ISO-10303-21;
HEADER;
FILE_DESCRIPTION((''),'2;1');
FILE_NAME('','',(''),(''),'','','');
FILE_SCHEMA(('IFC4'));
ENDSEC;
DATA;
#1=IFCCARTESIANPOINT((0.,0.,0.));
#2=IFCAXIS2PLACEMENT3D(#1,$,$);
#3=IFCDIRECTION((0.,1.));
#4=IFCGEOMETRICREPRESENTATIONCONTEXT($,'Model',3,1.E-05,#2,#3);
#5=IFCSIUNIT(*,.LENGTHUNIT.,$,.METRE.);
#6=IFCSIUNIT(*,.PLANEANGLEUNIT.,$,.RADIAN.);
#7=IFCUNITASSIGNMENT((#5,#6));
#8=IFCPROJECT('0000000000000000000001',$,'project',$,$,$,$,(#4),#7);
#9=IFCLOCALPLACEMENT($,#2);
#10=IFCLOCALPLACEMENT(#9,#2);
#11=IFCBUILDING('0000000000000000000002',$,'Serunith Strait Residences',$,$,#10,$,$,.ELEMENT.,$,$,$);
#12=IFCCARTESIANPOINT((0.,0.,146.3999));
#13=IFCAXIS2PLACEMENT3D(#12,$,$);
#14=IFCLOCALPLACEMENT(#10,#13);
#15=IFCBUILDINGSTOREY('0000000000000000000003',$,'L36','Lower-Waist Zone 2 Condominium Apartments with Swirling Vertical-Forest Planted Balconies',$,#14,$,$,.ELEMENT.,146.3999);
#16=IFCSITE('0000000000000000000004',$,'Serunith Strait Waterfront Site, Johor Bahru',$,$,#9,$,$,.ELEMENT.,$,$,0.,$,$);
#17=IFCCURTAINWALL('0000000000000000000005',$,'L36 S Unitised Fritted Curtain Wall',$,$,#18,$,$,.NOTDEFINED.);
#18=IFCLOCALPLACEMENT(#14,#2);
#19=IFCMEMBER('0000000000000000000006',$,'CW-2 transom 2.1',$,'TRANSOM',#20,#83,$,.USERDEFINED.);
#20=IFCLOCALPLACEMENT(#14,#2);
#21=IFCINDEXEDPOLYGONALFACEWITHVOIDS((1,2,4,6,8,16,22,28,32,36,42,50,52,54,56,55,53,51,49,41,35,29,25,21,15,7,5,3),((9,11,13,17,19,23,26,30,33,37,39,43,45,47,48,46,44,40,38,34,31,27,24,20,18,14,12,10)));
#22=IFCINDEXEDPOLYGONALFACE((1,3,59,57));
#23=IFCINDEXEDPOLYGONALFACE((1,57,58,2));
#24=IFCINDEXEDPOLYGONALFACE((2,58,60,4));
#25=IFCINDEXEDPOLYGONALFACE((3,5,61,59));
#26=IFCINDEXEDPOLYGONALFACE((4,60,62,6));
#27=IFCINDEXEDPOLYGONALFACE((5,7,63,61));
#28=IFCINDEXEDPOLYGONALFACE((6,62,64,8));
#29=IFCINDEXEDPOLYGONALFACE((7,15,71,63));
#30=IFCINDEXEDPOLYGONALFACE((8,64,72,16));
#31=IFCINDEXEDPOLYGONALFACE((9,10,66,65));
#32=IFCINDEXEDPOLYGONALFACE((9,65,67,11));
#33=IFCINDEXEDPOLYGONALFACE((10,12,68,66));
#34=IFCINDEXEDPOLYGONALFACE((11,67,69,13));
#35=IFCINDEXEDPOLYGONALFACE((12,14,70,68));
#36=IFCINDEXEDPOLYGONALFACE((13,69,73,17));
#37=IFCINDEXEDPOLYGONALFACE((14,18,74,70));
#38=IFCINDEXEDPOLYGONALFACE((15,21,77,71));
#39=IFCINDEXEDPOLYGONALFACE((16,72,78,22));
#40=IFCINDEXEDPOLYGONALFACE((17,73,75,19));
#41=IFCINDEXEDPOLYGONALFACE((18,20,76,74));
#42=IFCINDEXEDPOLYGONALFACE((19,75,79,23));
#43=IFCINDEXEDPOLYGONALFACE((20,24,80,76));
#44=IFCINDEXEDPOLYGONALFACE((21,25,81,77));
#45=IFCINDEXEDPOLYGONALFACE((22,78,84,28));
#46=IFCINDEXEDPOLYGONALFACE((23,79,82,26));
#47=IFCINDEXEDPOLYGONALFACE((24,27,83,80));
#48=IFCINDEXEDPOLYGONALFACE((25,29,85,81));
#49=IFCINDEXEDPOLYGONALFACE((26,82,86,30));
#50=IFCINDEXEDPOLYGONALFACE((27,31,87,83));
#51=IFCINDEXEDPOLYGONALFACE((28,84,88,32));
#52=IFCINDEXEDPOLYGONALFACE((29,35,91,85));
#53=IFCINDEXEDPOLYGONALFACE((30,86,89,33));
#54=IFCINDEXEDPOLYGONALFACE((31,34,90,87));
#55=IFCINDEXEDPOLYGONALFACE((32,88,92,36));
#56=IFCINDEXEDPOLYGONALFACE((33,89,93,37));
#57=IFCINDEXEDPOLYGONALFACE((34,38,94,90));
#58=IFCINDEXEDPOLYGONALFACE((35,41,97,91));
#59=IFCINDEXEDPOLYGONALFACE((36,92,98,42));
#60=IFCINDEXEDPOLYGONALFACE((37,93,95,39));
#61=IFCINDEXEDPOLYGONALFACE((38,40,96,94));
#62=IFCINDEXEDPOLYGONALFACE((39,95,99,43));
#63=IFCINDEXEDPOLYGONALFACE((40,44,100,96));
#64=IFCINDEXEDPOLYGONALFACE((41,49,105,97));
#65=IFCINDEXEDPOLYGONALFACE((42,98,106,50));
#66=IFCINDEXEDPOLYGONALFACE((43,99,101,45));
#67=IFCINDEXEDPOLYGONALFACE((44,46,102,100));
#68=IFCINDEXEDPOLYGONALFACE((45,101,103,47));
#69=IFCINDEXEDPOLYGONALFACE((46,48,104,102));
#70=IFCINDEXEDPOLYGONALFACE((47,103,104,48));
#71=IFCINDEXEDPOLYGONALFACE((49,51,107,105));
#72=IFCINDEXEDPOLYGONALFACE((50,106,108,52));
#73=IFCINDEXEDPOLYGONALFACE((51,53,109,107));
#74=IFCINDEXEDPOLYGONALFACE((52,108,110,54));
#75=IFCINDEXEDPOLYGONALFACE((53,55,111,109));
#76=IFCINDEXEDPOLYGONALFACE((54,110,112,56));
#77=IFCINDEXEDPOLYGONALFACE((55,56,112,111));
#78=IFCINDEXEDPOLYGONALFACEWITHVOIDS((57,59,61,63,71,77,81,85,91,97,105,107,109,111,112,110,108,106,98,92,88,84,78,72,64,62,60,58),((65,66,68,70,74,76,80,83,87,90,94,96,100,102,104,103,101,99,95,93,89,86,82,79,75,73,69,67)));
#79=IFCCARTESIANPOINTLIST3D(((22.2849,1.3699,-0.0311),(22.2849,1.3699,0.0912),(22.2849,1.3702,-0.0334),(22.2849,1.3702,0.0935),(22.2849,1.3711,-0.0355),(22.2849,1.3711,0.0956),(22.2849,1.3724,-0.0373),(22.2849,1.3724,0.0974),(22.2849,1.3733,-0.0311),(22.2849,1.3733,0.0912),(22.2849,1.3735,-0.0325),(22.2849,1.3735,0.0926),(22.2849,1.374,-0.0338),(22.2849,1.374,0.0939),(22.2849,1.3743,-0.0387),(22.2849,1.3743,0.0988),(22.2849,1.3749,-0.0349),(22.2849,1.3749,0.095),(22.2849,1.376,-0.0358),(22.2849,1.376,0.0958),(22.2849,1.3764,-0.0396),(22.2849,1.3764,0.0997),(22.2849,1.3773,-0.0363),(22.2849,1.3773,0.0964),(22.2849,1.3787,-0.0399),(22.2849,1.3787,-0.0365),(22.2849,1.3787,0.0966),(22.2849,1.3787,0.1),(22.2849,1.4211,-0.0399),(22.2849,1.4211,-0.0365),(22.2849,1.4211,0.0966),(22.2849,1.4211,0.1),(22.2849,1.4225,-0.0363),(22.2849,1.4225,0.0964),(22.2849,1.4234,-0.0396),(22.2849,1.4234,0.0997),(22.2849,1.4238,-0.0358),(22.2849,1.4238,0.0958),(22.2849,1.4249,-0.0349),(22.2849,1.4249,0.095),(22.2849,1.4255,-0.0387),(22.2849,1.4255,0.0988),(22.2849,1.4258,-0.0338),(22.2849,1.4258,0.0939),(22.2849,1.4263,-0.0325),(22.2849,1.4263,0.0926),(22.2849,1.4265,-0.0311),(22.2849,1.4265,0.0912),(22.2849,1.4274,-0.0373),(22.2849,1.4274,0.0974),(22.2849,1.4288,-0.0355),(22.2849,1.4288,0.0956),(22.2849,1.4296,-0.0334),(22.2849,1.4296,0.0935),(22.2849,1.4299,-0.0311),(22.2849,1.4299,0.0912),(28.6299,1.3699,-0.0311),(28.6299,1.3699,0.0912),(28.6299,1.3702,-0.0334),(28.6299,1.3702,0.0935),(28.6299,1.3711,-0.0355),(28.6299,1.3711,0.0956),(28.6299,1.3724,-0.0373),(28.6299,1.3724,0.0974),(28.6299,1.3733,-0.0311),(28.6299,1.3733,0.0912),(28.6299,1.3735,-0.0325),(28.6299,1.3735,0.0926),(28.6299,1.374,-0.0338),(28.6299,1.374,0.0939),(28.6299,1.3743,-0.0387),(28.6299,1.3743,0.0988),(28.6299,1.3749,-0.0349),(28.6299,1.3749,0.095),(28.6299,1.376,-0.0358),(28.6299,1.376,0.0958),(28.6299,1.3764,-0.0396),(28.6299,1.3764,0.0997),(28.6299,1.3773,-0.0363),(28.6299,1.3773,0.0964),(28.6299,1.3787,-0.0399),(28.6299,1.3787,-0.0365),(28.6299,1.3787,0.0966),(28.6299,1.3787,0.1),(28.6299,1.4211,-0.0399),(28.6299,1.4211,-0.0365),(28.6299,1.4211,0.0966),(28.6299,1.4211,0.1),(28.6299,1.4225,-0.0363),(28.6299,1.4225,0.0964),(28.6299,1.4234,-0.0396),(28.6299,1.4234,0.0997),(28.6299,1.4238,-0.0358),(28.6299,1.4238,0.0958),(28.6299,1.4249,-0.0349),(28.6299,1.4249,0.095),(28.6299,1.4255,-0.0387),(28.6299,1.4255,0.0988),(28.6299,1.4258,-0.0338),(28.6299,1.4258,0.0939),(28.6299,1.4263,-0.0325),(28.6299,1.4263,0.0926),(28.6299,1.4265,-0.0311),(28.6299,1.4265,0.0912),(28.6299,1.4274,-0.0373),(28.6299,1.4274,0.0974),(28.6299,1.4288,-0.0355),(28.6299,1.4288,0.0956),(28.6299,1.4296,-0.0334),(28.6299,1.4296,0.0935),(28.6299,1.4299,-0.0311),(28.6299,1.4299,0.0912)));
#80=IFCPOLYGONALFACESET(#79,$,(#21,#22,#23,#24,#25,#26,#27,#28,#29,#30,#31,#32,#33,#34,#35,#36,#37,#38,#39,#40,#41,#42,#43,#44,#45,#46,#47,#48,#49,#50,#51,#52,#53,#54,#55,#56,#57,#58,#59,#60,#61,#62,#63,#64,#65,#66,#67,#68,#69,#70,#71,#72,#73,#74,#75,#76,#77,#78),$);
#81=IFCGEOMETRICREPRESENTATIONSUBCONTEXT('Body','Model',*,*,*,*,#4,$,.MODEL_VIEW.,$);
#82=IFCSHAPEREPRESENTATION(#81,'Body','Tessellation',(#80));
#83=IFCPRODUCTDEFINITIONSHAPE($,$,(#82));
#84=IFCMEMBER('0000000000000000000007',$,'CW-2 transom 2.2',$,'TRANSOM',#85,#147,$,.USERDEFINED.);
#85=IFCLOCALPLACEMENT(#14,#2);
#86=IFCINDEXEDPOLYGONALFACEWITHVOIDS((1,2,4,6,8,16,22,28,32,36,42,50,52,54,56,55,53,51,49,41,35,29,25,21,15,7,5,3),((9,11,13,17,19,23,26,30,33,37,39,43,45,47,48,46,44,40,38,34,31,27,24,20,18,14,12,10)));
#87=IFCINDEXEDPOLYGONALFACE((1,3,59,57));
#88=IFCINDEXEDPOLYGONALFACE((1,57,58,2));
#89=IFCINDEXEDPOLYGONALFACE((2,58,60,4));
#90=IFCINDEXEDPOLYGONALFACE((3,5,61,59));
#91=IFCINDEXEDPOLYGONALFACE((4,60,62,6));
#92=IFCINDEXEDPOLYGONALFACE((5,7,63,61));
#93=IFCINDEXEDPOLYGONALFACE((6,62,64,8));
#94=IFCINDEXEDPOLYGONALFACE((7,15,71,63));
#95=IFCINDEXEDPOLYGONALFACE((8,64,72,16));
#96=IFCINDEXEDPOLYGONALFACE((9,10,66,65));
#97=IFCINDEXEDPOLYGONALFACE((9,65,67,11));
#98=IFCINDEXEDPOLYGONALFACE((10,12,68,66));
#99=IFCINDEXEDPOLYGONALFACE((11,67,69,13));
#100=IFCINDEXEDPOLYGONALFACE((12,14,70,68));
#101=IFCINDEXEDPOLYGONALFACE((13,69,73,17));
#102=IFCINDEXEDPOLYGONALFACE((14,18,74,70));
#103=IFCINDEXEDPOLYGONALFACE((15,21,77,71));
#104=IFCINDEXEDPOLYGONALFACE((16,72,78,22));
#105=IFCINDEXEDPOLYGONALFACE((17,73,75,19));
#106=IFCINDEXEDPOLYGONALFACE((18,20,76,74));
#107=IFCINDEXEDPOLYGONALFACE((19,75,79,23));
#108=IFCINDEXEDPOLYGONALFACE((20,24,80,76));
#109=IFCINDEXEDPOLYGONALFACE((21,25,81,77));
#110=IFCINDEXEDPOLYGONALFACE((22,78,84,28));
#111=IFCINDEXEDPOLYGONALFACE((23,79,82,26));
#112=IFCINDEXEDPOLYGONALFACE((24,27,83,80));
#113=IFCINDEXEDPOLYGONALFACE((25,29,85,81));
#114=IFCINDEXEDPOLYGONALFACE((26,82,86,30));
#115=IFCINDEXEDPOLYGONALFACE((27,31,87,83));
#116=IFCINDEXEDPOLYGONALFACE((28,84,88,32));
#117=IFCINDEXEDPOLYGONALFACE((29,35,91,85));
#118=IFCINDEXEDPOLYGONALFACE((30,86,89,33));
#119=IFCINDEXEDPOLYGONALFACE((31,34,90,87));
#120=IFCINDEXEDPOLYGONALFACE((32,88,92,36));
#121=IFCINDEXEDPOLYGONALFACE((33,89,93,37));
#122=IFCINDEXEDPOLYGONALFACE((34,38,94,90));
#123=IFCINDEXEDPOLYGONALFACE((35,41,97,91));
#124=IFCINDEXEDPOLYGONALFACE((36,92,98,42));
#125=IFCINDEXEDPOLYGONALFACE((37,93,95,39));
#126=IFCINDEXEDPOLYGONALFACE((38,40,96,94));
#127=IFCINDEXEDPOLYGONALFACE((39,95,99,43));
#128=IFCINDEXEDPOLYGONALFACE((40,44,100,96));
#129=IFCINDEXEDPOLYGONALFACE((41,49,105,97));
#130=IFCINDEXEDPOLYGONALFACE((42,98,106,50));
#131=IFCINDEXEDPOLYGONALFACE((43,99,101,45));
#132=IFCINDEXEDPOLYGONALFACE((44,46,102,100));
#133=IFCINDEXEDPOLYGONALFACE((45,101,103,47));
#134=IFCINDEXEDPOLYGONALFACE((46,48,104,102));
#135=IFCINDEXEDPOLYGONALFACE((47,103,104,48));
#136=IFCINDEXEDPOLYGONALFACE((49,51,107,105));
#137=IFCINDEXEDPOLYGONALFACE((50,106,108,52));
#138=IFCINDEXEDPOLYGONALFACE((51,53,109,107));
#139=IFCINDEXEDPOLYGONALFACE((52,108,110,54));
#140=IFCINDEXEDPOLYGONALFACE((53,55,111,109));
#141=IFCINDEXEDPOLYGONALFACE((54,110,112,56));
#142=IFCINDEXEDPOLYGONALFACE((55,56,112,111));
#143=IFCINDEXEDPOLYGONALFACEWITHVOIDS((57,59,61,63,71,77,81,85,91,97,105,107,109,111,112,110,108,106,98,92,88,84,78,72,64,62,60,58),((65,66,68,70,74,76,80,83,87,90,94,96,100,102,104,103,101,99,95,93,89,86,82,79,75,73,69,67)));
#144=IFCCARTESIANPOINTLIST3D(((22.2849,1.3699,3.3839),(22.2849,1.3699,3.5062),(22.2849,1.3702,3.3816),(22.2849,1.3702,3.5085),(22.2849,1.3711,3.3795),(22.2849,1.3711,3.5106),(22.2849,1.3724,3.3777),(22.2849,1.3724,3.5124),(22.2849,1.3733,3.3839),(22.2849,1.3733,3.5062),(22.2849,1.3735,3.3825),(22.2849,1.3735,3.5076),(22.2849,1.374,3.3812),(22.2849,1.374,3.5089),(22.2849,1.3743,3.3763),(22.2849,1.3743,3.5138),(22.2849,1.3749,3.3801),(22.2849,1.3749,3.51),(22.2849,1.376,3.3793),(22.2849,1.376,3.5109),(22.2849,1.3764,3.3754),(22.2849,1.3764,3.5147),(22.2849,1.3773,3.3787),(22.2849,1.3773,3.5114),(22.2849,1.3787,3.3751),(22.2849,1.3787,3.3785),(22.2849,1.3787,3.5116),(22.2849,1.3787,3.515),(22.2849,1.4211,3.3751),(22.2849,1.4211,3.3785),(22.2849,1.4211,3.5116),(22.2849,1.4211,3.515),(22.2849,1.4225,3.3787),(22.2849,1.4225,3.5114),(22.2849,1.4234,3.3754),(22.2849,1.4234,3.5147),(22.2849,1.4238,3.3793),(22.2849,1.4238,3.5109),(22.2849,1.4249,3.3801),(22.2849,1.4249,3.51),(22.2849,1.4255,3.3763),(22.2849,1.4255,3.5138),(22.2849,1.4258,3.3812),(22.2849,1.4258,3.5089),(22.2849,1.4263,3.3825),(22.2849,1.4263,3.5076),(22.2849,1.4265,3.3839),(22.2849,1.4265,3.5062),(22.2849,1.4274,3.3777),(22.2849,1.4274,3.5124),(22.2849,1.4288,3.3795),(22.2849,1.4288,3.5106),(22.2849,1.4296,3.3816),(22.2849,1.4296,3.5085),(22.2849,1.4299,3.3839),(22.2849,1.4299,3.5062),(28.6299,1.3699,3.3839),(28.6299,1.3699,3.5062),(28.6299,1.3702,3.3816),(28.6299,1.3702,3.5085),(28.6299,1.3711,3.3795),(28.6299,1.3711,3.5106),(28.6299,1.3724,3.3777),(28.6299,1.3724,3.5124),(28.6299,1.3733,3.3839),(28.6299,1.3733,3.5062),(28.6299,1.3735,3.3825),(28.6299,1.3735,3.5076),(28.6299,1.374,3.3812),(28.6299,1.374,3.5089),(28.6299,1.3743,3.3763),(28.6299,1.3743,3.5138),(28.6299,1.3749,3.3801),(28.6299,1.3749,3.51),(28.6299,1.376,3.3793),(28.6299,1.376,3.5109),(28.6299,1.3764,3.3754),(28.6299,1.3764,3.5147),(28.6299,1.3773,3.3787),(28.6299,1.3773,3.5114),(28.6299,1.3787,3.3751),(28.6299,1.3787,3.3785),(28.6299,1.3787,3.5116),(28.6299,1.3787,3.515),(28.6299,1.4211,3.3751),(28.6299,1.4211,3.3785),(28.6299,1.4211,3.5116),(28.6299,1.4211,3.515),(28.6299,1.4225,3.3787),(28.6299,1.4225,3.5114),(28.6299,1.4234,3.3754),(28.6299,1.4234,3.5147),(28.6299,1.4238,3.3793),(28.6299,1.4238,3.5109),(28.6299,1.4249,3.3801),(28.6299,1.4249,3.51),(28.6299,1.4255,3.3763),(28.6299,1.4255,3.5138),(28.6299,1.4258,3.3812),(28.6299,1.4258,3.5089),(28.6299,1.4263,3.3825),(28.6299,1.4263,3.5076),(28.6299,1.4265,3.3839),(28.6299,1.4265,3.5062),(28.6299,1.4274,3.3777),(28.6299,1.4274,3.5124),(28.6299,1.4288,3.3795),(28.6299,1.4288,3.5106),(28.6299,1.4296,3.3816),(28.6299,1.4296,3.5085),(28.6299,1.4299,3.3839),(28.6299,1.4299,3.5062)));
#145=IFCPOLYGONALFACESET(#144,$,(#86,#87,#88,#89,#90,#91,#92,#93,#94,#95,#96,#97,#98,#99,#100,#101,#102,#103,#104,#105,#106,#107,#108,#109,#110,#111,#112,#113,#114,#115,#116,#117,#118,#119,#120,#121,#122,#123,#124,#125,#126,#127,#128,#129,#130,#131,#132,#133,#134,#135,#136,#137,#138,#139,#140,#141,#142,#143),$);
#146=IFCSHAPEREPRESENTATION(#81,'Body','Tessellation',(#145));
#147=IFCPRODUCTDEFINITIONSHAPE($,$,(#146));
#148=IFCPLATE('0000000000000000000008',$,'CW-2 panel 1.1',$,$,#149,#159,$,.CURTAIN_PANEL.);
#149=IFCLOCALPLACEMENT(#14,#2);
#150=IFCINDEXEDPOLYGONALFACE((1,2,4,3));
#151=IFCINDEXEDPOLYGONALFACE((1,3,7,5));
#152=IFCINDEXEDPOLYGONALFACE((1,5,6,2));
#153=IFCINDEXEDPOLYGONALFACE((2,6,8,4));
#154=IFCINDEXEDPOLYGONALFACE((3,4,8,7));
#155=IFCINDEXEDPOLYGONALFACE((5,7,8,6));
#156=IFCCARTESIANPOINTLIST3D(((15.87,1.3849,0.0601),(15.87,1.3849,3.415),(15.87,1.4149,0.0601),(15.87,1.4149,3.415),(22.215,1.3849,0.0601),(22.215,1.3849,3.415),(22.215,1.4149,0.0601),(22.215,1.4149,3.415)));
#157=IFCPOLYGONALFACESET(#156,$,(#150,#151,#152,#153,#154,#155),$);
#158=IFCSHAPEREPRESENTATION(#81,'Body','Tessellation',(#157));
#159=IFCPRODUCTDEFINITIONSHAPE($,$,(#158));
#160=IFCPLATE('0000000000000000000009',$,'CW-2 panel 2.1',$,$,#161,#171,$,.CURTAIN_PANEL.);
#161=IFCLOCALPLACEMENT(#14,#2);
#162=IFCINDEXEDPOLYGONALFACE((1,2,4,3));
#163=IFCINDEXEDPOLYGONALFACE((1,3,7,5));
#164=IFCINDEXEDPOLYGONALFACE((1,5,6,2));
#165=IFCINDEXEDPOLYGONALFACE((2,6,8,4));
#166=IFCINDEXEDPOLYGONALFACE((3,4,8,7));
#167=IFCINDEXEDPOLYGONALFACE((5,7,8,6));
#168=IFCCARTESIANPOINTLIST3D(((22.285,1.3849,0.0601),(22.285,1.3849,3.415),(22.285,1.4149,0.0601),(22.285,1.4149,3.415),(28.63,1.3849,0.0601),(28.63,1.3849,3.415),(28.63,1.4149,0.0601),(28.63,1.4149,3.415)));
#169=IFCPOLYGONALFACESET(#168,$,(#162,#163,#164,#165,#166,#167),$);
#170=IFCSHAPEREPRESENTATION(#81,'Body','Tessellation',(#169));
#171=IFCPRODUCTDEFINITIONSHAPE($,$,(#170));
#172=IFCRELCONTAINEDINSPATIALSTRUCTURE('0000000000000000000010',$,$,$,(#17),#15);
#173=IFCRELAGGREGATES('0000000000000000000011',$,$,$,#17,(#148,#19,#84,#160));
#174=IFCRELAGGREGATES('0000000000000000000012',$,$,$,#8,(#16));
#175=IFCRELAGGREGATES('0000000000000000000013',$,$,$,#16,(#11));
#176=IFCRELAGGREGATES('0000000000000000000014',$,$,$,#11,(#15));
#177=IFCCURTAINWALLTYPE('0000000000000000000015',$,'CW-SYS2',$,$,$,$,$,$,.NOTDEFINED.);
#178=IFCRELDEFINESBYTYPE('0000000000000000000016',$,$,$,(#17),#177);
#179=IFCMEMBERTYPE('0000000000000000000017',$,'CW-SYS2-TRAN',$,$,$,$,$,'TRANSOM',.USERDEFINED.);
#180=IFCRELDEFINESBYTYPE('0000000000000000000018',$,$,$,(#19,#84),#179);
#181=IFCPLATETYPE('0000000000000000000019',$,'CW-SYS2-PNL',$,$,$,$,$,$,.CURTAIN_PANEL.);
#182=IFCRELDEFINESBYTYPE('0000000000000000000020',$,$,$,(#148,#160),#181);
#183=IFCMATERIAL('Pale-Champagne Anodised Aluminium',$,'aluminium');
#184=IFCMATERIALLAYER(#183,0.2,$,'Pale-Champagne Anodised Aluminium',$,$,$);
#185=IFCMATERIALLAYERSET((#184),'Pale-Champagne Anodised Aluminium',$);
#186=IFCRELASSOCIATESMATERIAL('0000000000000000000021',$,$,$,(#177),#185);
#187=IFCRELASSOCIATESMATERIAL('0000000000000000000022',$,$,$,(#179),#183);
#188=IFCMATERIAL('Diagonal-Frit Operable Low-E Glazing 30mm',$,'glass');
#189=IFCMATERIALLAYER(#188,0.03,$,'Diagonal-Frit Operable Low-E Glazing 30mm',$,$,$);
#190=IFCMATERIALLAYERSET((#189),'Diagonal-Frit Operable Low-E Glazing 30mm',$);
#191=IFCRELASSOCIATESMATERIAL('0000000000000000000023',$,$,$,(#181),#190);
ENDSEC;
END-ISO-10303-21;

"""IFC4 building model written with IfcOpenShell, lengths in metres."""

from ifc_helpers import new_model, si_unit, direction, frame, origin, origin_2d, place, context, subcontext, project, spatial, rectangle, hollow_rectangle, extrude, source, transform, mapped, material, layer, layer_set, material_profile, profile_set, type_object, element, aggregate, save


model = new_model("IFC4")

# Units and contexts
model_context = context("Model", 3, precision=1e-05, world=origin(), true_north=direction((0.0, 1.0)))
body_context = subcontext(model_context, "Body", "Model", "MODEL_VIEW")
ifc_project = project(units=[si_unit("LENGTHUNIT", "METRE"), si_unit("PLANEANGLEUNIT", "RADIAN")], contexts=[model_context])

# Site, building, storey
site_placement = place(None, origin())
site = spatial("IfcSite", under=ifc_project, at=site_placement, Name="Serunith Strait Waterfront Site, Johor Bahru", CompositionType="ELEMENT", RefElevation=0.0)
building_placement = place(site_placement, origin())
building = spatial("IfcBuilding", under=site, at=building_placement, Name="Serunith Strait Residences", CompositionType="ELEMENT")
storey_placement = place(building_placement, frame((0.0, 0.0, 146.3999)))
storey = spatial("IfcBuildingStorey", under=building, at=storey_placement, Name="L36", Description="Lower-Waist Zone 2 Condominium Apartments with Swirling Vertical-Forest Planted Balconies", CompositionType="ELEMENT", Elevation=146.3999)

# Curtain wall, members, plates
ifc_material_1 = material(Name="Pale-Champagne Anodised Aluminium", Category="aluminium")
ifc_layer_1 = layer(ifc_material_1, 0.2, Name="Pale-Champagne Anodised Aluminium")
ifc_layer_set_1 = layer_set([ifc_layer_1], Name="Pale-Champagne Anodised Aluminium")
curtain_wall_type = type_object("IfcCurtainWallType", Name="CW-SYS2", PredefinedType="NOTDEFINED", material=ifc_layer_set_1)
curtain_wall_placement = place(storey_placement, origin())
curtain_wall = element("IfcCurtainWall", 1, at=curtain_wall_placement, inside=storey, type_object=curtain_wall_type, Name="L36 S Unitised Fritted Curtain Wall", PredefinedType="NOTDEFINED")
ifc_material_profile_1 = material_profile(ifc_material_1, hollow_rectangle(XDim=0.0601, YDim=0.1399, WallThickness=0.0034, InnerFilletRadius=0.0054, OuterFilletRadius=0.0088, at=origin_2d()), Name="ALU 140x60x3.5")
ifc_profile_set_1 = profile_set([ifc_material_profile_1], Name="Pale-Champagne Anodised Aluminium")
member_type_1 = type_object("IfcMemberType", Name="CW-SYS2-TRAN", ElementType="TRANSOM", PredefinedType="USERDEFINED", material=ifc_profile_set_1)
shared_shape_1 = source(origin(), body_context, "Body", "SweptSolid", [
    extrude(hollow_rectangle(XDim=0.0601, YDim=0.1399, WallThickness=0.0034, InnerFilletRadius=0.0054, OuterFilletRadius=0.0088, at=origin_2d()), origin(), (0.0, 0.0, 1.0), 6.345),
])
member_1_placement = place(storey_placement, frame((22.2849, 1.3999, 0.03), z_axis=(1.0, 0.0, 0.0), x_axis=(0.0, 1.0, 0.0)))
member_1 = element("IfcMember", 2, at=member_1_placement, type_object=member_type_1, Name="CW-2 transom 2.1", ObjectType="TRANSOM", PredefinedType="USERDEFINED", context=body_context, shape_type="MappedRepresentation", body=[
    mapped(shared_shape_1, transform((0.0, 0.0, 0.0), scale=1.0)),
])
member_2_placement = place(storey_placement, frame((22.2849, 1.3999, 3.4451), z_axis=(1.0, 0.0, 0.0), x_axis=(0.0, 1.0, 0.0)))
member_2 = element("IfcMember", 3, at=member_2_placement, type_object=member_type_1, Name="CW-2 transom 2.2", ObjectType="TRANSOM", PredefinedType="USERDEFINED", context=body_context, shape_type="MappedRepresentation", body=[
    mapped(shared_shape_1, transform((0.0, 0.0, 0.0), scale=1.0)),
])
ifc_material_2 = material(Name="Diagonal-Frit Operable Low-E Glazing 30mm", Category="glass")
ifc_layer_2 = layer(ifc_material_2, 0.03, Name="Diagonal-Frit Operable Low-E Glazing 30mm")
ifc_layer_set_2 = layer_set([ifc_layer_2], Name="Diagonal-Frit Operable Low-E Glazing 30mm")
plate_type = type_object("IfcPlateType", Name="CW-SYS2-PNL", PredefinedType="CURTAIN_PANEL", material=ifc_layer_set_2)
shared_shape_2 = source(origin(), body_context, "Body", "SweptSolid", [
    extrude(rectangle(XDim=6.345, YDim=0.03, at=origin_2d()), origin(), (0.0, 0.0, 1.0), 3.355),
])
plate_1_placement = place(storey_placement, frame((19.0425, 1.3999, 0.0601), z_axis=(0.0, 0.0, 1.0), x_axis=(1.0, 0.0, 0.0)))
plate_1 = element("IfcPlate", 4, at=plate_1_placement, type_object=plate_type, Name="CW-2 panel 1.1", PredefinedType="CURTAIN_PANEL", context=body_context, shape_type="MappedRepresentation", body=[
    mapped(shared_shape_2, transform((0.0, 0.0, 0.0), scale=1.0)),
])
plate_2_placement = place(storey_placement, frame((25.4575, 1.3999, 0.0601), z_axis=(0.0, 0.0, 1.0), x_axis=(1.0, 0.0, 0.0)))
plate_2 = element("IfcPlate", 5, at=plate_2_placement, type_object=plate_type, Name="CW-2 panel 2.1", PredefinedType="CURTAIN_PANEL", context=body_context, shape_type="MappedRepresentation", body=[
    mapped(shared_shape_2, transform((0.0, 0.0, 0.0), scale=1.0)),
])
aggregate(curtain_wall, [plate_1, member_1, member_2, plate_2])

save(model, "model.ifc")
